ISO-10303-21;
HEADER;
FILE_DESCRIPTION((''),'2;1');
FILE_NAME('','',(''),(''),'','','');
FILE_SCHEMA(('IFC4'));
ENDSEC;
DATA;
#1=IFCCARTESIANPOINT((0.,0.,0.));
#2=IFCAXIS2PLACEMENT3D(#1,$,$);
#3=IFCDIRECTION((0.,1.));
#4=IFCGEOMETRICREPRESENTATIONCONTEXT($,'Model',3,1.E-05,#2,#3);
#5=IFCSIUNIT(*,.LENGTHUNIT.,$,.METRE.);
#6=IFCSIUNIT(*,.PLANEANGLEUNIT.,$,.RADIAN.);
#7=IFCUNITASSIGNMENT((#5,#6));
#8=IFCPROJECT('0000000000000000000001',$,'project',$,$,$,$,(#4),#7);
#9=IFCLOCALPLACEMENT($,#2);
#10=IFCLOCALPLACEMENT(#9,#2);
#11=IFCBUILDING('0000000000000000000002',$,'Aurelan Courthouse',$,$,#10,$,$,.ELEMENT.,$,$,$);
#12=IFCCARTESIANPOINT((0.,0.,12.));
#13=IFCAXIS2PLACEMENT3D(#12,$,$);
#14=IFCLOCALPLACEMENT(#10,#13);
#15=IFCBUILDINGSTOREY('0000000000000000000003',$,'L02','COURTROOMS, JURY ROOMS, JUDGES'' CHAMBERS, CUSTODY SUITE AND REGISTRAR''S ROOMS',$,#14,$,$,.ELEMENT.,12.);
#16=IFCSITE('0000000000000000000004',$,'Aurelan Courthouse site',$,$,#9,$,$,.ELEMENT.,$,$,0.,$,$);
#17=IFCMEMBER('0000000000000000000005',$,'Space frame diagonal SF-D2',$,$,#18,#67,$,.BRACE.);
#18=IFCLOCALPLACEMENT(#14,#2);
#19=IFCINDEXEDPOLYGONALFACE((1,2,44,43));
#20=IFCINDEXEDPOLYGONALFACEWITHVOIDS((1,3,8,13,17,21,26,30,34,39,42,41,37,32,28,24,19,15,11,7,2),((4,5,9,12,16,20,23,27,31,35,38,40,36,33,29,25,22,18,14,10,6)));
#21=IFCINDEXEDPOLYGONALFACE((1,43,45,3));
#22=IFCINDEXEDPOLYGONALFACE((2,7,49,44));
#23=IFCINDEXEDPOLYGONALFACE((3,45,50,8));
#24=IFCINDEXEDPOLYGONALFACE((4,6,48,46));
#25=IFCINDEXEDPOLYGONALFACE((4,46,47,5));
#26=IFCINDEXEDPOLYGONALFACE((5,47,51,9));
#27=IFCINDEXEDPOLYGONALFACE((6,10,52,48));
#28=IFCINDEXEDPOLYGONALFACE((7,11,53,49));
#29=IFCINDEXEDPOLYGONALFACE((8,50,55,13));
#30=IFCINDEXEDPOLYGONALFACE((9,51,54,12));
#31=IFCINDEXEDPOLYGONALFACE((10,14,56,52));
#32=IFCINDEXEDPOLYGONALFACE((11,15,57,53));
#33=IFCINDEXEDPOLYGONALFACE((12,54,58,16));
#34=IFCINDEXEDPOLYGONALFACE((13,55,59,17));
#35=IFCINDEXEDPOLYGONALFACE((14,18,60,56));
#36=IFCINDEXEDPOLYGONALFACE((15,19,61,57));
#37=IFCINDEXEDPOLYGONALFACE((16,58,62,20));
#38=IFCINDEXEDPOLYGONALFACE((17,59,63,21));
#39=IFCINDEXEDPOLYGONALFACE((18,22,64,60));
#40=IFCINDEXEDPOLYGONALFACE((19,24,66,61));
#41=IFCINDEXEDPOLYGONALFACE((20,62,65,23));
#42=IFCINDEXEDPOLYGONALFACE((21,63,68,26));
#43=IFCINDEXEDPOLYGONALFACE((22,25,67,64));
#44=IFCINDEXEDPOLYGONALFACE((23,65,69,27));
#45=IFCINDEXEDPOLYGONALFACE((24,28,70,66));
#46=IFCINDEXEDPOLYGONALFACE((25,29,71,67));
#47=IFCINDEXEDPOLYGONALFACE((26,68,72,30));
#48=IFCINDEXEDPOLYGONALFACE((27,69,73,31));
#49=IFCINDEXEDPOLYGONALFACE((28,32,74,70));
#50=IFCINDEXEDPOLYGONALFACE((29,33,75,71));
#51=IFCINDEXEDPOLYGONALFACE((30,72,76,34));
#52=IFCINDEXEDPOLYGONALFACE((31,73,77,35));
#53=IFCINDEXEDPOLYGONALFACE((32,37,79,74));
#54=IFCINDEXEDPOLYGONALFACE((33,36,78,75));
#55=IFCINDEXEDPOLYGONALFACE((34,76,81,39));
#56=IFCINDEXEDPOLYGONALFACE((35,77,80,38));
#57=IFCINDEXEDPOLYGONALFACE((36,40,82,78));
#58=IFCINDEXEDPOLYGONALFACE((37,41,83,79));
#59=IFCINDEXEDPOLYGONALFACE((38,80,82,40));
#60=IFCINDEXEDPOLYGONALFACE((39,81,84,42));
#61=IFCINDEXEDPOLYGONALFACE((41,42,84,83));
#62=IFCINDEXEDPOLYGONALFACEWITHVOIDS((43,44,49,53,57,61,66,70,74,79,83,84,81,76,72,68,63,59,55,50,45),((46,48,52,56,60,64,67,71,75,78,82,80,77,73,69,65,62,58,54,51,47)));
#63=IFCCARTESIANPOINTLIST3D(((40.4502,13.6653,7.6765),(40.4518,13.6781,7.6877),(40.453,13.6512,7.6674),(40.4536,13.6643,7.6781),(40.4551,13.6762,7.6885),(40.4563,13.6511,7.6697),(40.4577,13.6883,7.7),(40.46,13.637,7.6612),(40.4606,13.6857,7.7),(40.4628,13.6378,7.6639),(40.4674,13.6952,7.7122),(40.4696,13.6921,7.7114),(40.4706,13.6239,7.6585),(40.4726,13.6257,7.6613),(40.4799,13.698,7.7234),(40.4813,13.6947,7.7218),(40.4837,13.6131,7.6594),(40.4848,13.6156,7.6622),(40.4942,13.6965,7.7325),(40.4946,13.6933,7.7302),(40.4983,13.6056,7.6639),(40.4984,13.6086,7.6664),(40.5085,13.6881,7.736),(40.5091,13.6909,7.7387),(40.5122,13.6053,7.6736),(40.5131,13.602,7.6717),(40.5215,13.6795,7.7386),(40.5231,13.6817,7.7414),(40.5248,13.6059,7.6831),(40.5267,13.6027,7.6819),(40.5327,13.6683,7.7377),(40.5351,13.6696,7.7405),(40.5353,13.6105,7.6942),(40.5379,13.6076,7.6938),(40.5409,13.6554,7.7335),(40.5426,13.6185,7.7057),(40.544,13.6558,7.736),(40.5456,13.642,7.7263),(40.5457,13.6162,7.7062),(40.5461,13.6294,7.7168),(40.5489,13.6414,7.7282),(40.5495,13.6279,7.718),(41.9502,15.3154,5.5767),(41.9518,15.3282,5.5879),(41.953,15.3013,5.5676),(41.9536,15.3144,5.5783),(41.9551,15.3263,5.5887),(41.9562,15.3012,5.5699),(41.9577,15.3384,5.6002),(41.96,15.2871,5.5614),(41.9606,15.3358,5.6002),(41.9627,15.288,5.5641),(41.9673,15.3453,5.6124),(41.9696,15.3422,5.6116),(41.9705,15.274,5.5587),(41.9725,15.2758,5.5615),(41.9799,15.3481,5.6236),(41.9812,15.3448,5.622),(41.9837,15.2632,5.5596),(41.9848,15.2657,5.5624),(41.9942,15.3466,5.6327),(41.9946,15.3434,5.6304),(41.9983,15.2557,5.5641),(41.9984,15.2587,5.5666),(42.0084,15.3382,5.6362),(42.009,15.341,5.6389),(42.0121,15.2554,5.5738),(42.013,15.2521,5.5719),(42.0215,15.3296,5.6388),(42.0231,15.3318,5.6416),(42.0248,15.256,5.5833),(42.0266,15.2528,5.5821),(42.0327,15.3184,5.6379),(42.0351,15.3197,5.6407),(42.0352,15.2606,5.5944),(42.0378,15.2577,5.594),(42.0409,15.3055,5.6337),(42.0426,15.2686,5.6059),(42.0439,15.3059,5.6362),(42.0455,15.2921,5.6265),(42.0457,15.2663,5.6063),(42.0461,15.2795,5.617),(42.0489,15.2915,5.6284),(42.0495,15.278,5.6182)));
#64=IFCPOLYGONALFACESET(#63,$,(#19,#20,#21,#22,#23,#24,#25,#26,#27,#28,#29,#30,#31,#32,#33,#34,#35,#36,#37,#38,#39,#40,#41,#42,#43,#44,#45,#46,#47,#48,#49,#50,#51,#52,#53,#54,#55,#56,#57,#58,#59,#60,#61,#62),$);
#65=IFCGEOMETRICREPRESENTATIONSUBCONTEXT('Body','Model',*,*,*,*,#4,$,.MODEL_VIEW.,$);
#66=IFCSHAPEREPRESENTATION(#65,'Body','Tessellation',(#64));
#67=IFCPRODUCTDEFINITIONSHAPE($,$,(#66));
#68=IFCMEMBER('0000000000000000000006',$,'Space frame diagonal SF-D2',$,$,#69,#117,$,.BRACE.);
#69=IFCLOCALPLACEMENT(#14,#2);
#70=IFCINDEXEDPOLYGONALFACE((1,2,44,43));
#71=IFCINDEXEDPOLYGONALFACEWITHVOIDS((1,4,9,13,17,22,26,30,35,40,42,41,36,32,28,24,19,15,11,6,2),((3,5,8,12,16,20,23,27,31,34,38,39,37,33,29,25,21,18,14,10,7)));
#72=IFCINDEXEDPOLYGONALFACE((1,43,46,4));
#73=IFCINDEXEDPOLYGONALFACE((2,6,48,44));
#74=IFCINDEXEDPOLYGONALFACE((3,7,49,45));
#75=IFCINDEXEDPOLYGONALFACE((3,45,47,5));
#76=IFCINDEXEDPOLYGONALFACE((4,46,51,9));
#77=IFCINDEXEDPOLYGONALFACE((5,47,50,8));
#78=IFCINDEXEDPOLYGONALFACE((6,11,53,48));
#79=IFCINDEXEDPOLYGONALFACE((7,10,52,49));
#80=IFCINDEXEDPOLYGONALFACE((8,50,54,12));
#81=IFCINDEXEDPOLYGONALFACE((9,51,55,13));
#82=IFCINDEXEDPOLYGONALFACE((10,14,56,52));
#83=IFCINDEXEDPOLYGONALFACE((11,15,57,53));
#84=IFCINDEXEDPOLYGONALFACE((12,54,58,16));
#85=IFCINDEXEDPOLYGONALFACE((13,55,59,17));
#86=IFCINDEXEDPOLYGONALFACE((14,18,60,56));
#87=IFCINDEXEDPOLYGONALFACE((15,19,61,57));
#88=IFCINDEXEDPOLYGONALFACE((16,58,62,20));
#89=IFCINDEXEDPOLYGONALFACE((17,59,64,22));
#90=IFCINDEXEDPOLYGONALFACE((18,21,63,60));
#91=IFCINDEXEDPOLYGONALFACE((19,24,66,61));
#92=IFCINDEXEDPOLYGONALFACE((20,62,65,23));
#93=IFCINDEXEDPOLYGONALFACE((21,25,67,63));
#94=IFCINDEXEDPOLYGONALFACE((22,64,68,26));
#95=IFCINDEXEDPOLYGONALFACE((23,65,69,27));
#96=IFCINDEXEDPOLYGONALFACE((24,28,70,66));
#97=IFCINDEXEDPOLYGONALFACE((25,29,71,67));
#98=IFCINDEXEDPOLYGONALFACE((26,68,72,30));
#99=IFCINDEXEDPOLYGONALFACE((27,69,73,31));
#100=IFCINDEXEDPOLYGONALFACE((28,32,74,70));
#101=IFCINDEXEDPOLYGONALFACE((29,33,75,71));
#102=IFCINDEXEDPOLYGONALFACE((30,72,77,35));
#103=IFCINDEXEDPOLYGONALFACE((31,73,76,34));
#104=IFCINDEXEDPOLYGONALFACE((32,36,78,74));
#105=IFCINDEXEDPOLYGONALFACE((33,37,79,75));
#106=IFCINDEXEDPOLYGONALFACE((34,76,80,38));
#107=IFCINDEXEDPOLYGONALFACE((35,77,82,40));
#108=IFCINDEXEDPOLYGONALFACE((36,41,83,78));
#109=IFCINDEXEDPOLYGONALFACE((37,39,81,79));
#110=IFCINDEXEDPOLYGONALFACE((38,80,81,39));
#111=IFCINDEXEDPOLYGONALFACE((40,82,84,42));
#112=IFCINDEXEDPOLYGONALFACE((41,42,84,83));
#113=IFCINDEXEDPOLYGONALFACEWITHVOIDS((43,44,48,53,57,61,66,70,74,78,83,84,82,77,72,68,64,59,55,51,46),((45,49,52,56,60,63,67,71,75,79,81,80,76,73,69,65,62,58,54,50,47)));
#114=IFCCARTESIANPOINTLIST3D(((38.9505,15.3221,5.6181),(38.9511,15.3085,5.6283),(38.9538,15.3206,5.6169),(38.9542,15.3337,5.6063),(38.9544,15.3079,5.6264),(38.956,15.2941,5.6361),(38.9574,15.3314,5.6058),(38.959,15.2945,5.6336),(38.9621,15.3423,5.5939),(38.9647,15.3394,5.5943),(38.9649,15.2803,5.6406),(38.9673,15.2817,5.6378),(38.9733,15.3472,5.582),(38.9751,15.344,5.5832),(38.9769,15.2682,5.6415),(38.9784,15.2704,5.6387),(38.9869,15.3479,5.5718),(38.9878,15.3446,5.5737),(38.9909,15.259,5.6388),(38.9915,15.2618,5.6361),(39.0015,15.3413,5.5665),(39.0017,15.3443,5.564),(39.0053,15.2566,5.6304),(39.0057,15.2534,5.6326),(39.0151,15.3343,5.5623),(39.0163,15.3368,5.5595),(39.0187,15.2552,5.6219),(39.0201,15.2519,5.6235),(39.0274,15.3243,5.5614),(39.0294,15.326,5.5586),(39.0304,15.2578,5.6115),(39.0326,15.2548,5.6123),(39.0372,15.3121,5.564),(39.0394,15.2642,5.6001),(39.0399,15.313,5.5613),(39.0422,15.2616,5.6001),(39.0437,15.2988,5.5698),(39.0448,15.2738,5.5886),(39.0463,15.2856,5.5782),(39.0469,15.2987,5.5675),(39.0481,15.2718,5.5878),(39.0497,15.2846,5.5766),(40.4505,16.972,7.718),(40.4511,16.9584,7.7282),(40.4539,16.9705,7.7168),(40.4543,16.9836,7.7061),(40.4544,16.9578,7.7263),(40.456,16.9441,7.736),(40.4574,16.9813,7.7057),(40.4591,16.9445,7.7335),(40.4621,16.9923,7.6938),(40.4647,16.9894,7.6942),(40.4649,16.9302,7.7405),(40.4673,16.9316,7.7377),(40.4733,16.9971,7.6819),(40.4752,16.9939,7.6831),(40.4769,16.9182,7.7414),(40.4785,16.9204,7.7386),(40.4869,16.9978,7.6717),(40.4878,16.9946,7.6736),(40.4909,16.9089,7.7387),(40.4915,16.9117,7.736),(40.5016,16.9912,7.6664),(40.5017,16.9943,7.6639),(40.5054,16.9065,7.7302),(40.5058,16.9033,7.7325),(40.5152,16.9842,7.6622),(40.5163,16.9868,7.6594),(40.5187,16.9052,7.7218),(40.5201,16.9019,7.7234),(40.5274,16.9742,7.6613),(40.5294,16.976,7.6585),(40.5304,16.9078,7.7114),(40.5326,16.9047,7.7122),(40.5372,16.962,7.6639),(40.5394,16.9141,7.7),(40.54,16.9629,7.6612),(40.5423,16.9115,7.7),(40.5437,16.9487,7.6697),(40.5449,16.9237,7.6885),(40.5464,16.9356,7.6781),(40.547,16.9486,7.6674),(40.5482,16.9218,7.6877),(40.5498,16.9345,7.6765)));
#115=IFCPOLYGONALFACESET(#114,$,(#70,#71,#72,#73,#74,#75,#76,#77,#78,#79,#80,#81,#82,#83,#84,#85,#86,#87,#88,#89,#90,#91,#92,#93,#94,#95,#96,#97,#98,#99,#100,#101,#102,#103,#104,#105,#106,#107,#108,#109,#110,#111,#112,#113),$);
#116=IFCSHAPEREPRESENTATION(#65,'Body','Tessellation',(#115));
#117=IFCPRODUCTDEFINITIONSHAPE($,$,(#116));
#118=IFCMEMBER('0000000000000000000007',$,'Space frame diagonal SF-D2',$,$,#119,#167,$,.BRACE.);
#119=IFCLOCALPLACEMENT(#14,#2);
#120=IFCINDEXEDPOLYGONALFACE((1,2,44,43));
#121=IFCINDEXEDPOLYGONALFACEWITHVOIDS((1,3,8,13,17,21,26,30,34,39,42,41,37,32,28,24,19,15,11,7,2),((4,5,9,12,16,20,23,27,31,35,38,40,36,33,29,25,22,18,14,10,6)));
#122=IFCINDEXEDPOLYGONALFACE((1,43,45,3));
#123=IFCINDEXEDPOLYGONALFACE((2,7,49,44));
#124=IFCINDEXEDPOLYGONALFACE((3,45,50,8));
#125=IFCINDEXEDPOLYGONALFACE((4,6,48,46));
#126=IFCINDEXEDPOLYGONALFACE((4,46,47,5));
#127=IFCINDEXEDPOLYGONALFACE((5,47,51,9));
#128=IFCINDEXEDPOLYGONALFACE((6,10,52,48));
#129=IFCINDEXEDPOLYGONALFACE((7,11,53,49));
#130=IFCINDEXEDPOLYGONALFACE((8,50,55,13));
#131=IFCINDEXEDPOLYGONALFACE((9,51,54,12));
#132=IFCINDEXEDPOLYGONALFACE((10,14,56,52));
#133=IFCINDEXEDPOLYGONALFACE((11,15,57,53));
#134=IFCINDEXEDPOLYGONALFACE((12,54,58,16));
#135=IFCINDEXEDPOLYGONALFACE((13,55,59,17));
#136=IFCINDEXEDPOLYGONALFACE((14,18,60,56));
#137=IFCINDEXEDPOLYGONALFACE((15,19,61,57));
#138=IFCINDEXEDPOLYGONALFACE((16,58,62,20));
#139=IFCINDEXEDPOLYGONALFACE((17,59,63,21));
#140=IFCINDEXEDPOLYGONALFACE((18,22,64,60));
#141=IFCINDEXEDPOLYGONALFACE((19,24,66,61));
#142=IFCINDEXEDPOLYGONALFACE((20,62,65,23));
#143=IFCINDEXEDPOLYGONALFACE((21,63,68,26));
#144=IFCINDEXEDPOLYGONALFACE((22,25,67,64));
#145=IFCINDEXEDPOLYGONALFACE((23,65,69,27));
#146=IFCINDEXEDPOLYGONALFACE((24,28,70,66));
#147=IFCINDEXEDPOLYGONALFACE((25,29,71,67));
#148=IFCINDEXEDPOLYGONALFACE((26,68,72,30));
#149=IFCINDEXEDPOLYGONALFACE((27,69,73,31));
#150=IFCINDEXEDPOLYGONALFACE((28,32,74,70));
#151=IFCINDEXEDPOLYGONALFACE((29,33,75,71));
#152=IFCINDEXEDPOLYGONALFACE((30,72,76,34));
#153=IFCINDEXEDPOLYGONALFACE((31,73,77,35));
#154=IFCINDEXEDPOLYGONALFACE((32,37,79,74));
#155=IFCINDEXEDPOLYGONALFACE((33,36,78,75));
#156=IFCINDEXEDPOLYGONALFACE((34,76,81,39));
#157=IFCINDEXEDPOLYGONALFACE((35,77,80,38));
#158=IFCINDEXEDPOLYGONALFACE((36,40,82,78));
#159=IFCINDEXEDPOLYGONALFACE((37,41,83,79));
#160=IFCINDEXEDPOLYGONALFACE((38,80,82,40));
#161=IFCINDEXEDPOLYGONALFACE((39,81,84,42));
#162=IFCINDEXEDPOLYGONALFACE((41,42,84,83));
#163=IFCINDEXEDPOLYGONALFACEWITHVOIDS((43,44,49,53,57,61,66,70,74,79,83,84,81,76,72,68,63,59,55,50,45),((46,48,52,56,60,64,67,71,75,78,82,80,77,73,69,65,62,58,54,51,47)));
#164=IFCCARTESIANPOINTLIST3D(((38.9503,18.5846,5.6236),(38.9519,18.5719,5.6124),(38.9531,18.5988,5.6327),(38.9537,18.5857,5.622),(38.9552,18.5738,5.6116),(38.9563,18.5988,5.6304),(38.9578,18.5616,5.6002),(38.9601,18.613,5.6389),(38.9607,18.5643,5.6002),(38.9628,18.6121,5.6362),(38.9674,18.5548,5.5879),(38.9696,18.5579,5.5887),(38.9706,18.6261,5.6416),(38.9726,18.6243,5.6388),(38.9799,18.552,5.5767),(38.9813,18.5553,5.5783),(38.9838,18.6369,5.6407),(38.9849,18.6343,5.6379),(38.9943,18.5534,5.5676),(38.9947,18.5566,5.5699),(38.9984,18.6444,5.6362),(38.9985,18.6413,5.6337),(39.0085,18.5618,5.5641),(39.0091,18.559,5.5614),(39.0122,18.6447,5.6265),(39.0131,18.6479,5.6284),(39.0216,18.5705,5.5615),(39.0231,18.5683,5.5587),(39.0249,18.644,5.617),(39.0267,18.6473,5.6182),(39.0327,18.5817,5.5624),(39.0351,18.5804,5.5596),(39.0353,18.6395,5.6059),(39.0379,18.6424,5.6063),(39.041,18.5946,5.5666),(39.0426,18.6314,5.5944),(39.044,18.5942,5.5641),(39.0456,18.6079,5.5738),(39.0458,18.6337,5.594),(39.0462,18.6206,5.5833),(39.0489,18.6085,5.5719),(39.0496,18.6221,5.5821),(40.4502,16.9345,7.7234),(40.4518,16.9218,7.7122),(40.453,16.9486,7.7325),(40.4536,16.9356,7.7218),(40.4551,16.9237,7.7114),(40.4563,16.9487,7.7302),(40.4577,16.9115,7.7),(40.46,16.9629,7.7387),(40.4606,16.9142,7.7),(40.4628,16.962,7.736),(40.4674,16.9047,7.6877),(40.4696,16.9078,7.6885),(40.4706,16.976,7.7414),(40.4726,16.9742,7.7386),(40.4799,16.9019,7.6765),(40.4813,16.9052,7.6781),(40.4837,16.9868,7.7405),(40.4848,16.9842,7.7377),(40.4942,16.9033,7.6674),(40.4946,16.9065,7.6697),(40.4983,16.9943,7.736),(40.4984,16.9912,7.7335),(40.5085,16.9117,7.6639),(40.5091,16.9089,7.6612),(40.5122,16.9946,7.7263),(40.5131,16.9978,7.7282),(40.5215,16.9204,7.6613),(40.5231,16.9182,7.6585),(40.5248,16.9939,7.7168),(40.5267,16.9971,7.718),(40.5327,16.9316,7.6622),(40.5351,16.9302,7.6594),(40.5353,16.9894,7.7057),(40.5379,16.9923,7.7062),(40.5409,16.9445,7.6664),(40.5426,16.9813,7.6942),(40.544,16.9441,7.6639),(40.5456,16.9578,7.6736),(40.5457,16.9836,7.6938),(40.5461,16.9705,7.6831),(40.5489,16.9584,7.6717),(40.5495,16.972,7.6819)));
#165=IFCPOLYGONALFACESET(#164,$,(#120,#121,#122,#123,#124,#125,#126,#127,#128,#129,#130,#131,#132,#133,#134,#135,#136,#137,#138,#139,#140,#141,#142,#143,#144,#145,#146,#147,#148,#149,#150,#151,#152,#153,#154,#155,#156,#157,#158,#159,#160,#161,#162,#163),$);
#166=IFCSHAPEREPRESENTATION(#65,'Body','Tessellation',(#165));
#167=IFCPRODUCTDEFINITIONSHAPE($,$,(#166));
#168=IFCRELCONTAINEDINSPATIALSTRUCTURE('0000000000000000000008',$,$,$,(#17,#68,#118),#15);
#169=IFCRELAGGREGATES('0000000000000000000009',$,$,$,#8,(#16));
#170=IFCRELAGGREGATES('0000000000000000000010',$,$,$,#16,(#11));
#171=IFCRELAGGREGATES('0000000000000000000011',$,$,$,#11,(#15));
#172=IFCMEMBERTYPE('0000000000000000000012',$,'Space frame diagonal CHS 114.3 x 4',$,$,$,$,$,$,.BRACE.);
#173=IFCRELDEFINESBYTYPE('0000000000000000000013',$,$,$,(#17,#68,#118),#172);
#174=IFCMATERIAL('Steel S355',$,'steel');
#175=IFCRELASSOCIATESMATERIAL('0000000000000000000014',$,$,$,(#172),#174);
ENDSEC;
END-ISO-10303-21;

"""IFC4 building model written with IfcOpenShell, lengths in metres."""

from ifc_helpers import new_model, si_unit, direction, frame, origin, origin_2d, place, context, subcontext, project, spatial, hollow_circle, extrude, material, material_profile, profile_set, type_object, element, save


model = new_model("IFC4")

# Units and contexts
model_context = context("Model", 3, precision=1e-05, world=origin(), true_north=direction((0.0, 1.0)))
body_context = subcontext(model_context, "Body", "Model", "MODEL_VIEW")
ifc_project = project(units=[si_unit("LENGTHUNIT", "METRE"), si_unit("PLANEANGLEUNIT", "RADIAN")], contexts=[model_context])

# Site, building, storey
site_placement = place(None, origin())
site = spatial("IfcSite", under=ifc_project, at=site_placement, Name="Aurelan Courthouse site", CompositionType="ELEMENT", RefElevation=0.0)
building_placement = place(site_placement, origin())
building = spatial("IfcBuilding", under=site, at=building_placement, Name="Aurelan Courthouse", CompositionType="ELEMENT")
storey_placement = place(building_placement, frame((0.0, 0.0, 12.0)))
storey = spatial("IfcBuildingStorey", under=building, at=storey_placement, Name="L02", Description="COURTROOMS, JURY ROOMS, JUDGES' CHAMBERS, CUSTODY SUITE AND REGISTRAR'S ROOMS", CompositionType="ELEMENT", Elevation=12.0)

# Members
ifc_material_1 = material(Name="Steel S355", Category="steel")
ifc_material_profile_1 = material_profile(ifc_material_1, hollow_circle(Radius=0.0571, WallThickness=0.0039, at=origin_2d()), Name="CHS 114.3 x 4")
ifc_profile_set_1 = profile_set([ifc_material_profile_1], Name="Steel S355")
member_type_1 = type_object("IfcMemberType", Name="Space frame diagonal CHS 114.3 x 4", PredefinedType="BRACE", material=ifc_profile_set_1)
for number, where, z_axis, x_axis, name in (
    (1, (40.5, 13.6499, 7.7), (0.489706, 0.538724, -0.68554), (-0.73997, 0.67264, 0.0), "Space frame diagonal SF-D2"),
    (2, (40.5, 16.95, 7.7), (-0.489727, -0.538667, -0.685569), (0.73992, -0.672695, 0.0), "Space frame diagonal SF-D2"),
    (3, (40.5, 16.95, 7.7), (-0.489706, 0.538724, -0.68554), (-0.73997, -0.67264, 0.0), "Space frame diagonal SF-D2"),
):
    element("IfcMember", number, at=place(storey_placement, frame(where, z_axis=z_axis, x_axis=x_axis)), inside=storey, type_object=member_type_1, Name=name, PredefinedType="BRACE", context=body_context, shape_type="SweptSolid", body=[
        extrude(hollow_circle(Radius=0.0571, WallThickness=0.0039, at=origin_2d()), origin(), (0.0, 0.0, 1.0), 3.063),
    ])

save(model, "model.ifc")
